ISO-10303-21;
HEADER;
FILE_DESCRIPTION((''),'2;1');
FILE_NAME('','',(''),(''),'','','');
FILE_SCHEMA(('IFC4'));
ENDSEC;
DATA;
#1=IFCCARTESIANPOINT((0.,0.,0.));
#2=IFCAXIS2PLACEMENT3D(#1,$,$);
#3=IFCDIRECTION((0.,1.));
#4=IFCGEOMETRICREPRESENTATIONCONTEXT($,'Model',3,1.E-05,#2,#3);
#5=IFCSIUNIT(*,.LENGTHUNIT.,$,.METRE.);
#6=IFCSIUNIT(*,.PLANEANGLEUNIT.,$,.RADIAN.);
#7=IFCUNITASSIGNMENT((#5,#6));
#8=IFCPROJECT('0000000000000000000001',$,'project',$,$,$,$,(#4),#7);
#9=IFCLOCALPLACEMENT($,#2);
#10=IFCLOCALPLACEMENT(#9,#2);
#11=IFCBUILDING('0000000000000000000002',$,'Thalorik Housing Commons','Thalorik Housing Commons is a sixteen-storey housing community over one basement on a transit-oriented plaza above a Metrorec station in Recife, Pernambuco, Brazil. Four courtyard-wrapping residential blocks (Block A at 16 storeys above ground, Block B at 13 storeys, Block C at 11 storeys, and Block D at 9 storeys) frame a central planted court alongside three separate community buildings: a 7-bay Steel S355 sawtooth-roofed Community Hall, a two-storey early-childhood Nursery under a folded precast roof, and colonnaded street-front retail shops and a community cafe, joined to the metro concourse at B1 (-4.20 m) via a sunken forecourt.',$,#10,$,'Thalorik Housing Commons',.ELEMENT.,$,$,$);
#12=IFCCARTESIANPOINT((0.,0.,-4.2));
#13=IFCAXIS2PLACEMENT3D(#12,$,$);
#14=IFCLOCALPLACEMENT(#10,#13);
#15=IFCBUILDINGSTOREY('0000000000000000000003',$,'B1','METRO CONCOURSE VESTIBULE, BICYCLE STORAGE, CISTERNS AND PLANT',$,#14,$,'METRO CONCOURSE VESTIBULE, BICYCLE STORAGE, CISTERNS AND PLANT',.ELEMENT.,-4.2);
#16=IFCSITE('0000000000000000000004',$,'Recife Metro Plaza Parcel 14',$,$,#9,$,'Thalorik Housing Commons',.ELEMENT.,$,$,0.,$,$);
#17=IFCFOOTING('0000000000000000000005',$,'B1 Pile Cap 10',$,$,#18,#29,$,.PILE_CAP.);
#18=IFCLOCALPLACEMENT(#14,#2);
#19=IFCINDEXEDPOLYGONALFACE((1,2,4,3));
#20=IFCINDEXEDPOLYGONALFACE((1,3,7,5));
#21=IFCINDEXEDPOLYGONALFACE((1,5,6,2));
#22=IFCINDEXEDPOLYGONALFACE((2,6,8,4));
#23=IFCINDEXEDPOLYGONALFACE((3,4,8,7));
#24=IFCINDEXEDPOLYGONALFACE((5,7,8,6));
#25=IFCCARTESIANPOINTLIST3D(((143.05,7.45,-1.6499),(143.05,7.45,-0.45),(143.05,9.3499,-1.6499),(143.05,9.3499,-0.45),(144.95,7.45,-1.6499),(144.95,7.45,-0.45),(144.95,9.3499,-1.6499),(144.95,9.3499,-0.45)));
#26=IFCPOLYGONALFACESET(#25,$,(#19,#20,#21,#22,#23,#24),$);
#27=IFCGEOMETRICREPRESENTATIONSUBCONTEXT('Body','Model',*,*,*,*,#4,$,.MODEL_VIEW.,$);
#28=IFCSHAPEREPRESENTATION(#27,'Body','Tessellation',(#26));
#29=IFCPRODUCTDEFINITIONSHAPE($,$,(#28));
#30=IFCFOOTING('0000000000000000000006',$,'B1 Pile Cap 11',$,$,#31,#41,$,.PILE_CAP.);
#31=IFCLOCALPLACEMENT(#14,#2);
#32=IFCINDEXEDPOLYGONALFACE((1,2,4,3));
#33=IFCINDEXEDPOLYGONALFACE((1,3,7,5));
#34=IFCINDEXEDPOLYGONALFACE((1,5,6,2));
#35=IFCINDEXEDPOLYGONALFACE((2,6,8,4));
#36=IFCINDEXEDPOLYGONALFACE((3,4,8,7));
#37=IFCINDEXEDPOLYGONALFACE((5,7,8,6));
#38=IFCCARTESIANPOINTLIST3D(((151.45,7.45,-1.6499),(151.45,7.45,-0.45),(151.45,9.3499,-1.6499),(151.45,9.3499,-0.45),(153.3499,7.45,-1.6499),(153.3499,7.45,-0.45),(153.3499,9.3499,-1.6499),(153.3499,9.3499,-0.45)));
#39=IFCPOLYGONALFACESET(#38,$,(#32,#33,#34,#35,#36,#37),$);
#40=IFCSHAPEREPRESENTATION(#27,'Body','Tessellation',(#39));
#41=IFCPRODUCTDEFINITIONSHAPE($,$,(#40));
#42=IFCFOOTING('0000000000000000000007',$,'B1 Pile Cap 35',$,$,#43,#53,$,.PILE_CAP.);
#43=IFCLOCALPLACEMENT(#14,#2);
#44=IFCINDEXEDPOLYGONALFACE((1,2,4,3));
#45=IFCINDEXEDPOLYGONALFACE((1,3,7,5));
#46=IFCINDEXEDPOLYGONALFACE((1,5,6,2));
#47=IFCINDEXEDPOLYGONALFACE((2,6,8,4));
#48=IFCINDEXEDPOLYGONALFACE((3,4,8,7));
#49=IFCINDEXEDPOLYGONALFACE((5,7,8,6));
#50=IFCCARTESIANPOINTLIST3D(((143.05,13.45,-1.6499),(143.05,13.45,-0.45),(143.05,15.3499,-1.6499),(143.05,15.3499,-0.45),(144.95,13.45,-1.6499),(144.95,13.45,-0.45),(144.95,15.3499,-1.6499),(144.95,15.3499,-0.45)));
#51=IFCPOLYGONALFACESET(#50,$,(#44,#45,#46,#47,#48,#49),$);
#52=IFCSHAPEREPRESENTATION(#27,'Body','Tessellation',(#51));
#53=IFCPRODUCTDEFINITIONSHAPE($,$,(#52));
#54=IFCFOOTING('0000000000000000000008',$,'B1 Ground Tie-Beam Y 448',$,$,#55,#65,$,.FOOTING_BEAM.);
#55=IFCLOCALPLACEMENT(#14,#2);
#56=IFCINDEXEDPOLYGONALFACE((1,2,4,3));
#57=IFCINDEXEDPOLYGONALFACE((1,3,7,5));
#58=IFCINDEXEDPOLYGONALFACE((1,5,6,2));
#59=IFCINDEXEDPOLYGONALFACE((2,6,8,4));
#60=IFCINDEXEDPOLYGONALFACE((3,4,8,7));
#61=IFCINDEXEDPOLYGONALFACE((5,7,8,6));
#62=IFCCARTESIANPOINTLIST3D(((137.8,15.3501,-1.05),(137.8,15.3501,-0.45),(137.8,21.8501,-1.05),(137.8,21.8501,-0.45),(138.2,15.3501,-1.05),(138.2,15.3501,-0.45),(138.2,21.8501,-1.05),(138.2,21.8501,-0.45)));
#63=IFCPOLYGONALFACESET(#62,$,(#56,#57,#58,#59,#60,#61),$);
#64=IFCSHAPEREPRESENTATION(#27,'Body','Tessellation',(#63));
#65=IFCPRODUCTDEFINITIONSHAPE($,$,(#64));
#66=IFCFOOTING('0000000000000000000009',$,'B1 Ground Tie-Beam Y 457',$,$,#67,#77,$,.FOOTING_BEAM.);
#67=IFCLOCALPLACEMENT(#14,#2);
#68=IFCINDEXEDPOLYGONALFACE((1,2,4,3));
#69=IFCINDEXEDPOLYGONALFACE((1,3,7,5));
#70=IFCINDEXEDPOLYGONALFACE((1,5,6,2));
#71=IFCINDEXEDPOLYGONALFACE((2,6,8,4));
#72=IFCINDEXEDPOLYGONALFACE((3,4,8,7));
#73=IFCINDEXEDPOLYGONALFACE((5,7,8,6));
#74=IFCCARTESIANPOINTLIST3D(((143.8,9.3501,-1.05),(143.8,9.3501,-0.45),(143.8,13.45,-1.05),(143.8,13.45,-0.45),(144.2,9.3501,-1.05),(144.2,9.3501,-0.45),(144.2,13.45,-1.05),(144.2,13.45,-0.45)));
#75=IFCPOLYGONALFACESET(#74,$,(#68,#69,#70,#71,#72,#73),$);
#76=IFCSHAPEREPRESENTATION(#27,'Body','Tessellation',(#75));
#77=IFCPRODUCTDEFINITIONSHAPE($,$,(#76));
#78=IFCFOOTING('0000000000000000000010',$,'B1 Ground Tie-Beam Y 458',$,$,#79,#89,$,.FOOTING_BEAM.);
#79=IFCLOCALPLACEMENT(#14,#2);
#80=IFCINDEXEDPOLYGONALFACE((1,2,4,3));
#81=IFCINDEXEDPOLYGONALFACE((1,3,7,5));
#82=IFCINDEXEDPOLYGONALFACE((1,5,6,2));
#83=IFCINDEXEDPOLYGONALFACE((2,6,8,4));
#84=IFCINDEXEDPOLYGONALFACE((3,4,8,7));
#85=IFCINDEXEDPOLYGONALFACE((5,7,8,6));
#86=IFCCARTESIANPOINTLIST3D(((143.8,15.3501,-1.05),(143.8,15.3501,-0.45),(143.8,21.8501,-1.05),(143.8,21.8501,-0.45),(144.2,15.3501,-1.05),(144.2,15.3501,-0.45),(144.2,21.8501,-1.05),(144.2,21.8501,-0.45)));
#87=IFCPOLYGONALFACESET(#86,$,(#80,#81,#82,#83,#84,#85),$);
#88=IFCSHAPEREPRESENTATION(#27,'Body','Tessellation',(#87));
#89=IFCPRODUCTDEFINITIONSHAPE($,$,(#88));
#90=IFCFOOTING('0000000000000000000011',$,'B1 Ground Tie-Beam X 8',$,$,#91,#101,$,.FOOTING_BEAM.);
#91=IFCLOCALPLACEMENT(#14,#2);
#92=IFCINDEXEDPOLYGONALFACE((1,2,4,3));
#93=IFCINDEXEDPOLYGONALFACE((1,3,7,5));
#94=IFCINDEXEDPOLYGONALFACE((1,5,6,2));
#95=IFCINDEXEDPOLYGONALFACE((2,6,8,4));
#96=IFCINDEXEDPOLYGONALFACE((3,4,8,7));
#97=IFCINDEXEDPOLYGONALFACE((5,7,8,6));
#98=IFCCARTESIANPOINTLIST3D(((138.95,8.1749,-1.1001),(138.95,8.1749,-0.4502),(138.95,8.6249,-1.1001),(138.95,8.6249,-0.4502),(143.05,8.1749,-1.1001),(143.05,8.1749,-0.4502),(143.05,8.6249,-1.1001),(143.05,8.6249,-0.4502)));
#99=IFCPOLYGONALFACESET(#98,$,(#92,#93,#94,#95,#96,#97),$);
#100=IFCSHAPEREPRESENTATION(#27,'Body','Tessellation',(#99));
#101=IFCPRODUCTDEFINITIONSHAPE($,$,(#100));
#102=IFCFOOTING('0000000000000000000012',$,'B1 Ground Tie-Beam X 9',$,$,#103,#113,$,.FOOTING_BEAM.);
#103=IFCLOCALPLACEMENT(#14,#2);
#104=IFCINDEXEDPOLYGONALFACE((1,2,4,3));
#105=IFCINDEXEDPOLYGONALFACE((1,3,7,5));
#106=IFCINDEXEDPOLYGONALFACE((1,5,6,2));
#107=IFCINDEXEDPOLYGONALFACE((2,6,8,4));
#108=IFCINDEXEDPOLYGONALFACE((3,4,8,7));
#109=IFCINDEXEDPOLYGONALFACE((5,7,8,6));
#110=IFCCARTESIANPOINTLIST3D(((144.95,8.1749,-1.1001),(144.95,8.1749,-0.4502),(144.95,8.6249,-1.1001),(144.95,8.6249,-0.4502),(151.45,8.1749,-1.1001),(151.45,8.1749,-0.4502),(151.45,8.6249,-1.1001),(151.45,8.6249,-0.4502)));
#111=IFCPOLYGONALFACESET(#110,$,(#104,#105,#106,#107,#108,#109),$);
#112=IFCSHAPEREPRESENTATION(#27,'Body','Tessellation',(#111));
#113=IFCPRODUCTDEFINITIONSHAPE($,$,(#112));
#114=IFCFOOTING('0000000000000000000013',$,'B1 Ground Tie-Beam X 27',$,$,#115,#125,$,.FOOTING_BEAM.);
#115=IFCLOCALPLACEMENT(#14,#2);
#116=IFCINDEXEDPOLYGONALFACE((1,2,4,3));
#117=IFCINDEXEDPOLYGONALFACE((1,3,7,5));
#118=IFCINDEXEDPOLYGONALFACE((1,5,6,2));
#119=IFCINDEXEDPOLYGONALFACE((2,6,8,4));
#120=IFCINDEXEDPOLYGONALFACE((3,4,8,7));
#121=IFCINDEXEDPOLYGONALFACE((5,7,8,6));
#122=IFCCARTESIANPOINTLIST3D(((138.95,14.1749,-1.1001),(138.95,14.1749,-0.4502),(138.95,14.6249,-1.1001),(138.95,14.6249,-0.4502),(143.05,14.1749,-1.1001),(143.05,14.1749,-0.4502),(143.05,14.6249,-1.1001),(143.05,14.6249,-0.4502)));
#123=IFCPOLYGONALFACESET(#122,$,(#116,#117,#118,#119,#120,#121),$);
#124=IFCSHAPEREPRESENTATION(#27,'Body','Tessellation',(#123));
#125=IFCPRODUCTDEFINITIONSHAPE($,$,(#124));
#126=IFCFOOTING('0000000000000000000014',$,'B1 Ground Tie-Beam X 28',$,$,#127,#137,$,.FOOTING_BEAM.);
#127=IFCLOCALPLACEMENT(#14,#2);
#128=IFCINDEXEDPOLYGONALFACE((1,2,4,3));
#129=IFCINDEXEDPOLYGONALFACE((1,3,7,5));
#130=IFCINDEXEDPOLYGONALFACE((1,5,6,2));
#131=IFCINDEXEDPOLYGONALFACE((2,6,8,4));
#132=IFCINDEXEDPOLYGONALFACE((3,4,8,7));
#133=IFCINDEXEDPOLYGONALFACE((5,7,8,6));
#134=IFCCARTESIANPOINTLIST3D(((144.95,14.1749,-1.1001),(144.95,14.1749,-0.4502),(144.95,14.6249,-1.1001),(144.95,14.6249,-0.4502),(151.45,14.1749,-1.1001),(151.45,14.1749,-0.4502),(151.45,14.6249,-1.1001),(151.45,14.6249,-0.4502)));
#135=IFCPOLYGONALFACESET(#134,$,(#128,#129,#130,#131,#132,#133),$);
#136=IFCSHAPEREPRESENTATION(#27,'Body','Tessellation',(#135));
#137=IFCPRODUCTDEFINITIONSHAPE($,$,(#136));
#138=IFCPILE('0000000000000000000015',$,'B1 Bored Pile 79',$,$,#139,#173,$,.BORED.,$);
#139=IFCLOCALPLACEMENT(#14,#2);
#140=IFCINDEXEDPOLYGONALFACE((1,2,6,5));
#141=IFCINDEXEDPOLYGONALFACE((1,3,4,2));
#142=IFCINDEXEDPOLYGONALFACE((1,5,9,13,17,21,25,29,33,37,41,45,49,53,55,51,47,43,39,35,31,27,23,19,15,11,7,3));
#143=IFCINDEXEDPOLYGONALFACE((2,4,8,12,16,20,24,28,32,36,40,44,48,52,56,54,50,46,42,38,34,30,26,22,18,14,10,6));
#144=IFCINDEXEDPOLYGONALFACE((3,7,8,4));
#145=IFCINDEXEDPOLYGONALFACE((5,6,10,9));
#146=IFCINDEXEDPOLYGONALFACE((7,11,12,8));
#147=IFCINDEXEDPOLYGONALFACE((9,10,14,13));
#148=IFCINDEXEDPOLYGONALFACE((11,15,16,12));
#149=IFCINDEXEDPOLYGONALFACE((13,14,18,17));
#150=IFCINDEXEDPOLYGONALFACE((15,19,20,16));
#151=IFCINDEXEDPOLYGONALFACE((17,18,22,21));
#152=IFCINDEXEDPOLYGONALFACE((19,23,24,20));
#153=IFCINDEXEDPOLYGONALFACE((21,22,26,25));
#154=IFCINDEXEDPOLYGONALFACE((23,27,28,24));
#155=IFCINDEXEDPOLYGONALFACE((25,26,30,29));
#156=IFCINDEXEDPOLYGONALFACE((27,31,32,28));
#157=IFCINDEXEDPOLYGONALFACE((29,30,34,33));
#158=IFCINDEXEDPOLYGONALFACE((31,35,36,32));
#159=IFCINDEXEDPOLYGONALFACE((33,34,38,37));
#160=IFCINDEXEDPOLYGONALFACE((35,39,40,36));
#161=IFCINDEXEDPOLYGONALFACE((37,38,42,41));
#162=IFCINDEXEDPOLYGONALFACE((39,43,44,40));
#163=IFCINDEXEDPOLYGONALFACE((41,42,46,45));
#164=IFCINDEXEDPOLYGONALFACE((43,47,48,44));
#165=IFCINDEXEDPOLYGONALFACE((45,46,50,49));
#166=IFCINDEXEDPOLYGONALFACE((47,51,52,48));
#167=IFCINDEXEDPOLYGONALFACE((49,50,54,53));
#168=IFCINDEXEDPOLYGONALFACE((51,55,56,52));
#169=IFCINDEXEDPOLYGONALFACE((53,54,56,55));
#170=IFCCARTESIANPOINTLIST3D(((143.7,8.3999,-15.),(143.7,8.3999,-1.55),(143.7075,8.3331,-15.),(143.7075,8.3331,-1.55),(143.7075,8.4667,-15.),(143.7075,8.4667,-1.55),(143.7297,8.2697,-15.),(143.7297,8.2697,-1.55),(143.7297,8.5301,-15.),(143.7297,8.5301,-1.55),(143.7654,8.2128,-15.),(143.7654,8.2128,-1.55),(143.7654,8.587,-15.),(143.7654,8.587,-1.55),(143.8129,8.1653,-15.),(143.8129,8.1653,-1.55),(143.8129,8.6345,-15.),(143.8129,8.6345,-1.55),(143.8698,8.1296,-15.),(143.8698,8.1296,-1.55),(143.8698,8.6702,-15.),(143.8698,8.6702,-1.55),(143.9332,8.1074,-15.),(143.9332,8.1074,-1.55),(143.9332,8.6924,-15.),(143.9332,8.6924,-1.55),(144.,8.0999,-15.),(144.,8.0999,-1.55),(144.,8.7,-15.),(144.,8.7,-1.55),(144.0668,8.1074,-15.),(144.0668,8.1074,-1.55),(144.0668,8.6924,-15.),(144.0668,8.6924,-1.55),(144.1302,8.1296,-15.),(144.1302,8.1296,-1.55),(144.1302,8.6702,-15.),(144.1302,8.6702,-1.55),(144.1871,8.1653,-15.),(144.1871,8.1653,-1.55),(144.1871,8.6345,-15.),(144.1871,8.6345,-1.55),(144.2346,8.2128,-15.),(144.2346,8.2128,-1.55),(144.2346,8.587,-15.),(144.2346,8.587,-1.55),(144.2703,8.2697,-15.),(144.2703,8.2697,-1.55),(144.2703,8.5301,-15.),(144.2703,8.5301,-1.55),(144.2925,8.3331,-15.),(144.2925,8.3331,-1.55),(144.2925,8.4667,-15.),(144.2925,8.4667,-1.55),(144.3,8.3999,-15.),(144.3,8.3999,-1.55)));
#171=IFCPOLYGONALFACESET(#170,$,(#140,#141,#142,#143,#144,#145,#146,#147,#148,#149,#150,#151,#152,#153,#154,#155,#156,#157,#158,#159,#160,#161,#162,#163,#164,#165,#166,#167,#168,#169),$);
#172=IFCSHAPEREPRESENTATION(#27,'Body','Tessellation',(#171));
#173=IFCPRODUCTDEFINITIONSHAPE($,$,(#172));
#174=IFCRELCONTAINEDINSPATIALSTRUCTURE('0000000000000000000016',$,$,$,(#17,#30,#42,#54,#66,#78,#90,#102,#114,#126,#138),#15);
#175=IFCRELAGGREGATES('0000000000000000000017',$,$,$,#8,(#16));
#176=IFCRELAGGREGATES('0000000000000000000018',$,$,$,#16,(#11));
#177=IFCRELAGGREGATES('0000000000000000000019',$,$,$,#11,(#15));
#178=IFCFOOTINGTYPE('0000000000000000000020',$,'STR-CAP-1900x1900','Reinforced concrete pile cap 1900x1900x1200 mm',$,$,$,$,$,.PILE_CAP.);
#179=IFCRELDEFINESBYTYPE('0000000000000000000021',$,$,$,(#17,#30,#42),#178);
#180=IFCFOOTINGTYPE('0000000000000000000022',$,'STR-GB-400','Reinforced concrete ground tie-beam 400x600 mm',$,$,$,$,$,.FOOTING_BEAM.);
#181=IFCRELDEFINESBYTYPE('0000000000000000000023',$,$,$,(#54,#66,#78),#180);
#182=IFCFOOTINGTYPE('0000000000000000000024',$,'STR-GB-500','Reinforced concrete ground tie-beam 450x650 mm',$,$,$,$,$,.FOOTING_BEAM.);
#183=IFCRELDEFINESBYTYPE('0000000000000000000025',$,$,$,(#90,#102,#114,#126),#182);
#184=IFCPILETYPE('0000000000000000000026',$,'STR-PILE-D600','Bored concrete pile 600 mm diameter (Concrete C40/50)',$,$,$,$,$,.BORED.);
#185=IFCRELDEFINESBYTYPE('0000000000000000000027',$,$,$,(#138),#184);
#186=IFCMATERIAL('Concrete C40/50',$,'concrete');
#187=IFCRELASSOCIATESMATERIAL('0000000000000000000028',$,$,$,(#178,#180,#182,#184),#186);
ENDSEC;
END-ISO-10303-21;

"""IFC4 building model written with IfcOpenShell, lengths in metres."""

from ifc_helpers import new_model, si_unit, direction, frame, origin, origin_2d, place, context, subcontext, project, spatial, rectangle, circle, extrude, material, material_profile, profile_set, type_object, element, save


model = new_model("IFC4")

# Units and contexts
model_context = context("Model", 3, precision=1e-05, world=origin(), true_north=direction((0.0, 1.0)))
body_context = subcontext(model_context, "Body", "Model", "MODEL_VIEW")
ifc_project = project(units=[si_unit("LENGTHUNIT", "METRE"), si_unit("PLANEANGLEUNIT", "RADIAN")], contexts=[model_context])

# Site, building, storey
site_placement = place(None, origin())
site = spatial("IfcSite", under=ifc_project, at=site_placement, Name="Recife Metro Plaza Parcel 14", LongName="Thalorik Housing Commons", CompositionType="ELEMENT", RefElevation=0.0)
building_placement = place(site_placement, origin())
building = spatial("IfcBuilding", under=site, at=building_placement, Name="Thalorik Housing Commons", Description="Thalorik Housing Commons is a sixteen-storey housing community over one basement on a transit-oriented plaza above a Metrorec station in Recife, Pernambuco, Brazil. Four courtyard-wrapping residential blocks (Block A at 16 storeys above ground, Block B at 13 storeys, Block C at 11 storeys, and Block D at 9 storeys) frame a central planted court alongside three separate community buildings: a 7-bay Steel S355 sawtooth-roofed Community Hall, a two-storey early-childhood Nursery under a folded precast roof, and colonnaded street-front retail shops and a community cafe, joined to the metro concourse at B1 (-4.20 m) via a sunken forecourt.", LongName="Thalorik Housing Commons", CompositionType="ELEMENT")
storey_placement = place(building_placement, frame((0.0, 0.0, -4.2)))
storey = spatial("IfcBuildingStorey", under=building, at=storey_placement, Name="B1", Description="METRO CONCOURSE VESTIBULE, BICYCLE STORAGE, CISTERNS AND PLANT", LongName="METRO CONCOURSE VESTIBULE, BICYCLE STORAGE, CISTERNS AND PLANT", CompositionType="ELEMENT", Elevation=-4.2)

# Footings
ifc_material_1 = material(Name="Concrete C40/50", Category="concrete")
footing_type_1 = type_object("IfcFootingType", Name="STR-CAP-1900x1900", Description="Reinforced concrete pile cap 1900x1900x1200 mm", PredefinedType="PILE_CAP", material=ifc_material_1)
for number, where, z_axis, x_axis, name in (
    (1, (144.0, 8.3999, -1.6499), (0.0, 0.0, 1.0), (1.0, 0.0, 0.0), "B1 Pile Cap 10"),
    (2, (152.3999, 8.3999, -1.6499), (0.0, 0.0, 1.0), (1.0, 0.0, 0.0), "B1 Pile Cap 11"),
    (3, (144.0, 14.3999, -1.6499), (0.0, 0.0, 1.0), (1.0, 0.0, 0.0), "B1 Pile Cap 35"),
):
    element("IfcFooting", number, at=place(storey_placement, frame(where, z_axis=z_axis, x_axis=x_axis)), inside=storey, type_object=footing_type_1, Name=name, PredefinedType="PILE_CAP", context=body_context, shape_type="SweptSolid", body=[
        extrude(rectangle(XDim=1.8999, YDim=1.8999, at=origin_2d()), origin(), (0.0, 0.0, 1.0), 1.2),
    ])
ifc_material_profile_1 = material_profile(ifc_material_1, rectangle(XDim=0.3999, YDim=0.6001, at=origin_2d()), Name="RC 400x600", Category="concrete")
ifc_profile_set_1 = profile_set([ifc_material_profile_1], Name="Concrete C40/50")
footing_type_2 = type_object("IfcFootingType", Name="STR-GB-400", Description="Reinforced concrete ground tie-beam 400x600 mm", PredefinedType="FOOTING_BEAM", material=ifc_profile_set_1)
footing_1_placement = place(storey_placement, frame((138.0, 15.3501, -0.75), z_axis=(0.0, 1.0, 0.0), x_axis=(-1.0, 0.0, 0.0)))
element("IfcFooting", 4, at=footing_1_placement, inside=storey, type_object=footing_type_2, Name="B1 Ground Tie-Beam Y 448", PredefinedType="FOOTING_BEAM", context=body_context, shape_type="SweptSolid", body=[
    extrude(rectangle(XDim=0.3999, YDim=0.6001, at=origin_2d()), origin(), (0.0, 0.0, 1.0), 6.5),
])
footing_2_placement = place(storey_placement, frame((144.0, 9.3501, -0.75), z_axis=(0.0, 1.0, 0.0), x_axis=(-1.0, 0.0, 0.0)))
element("IfcFooting", 5, at=footing_2_placement, inside=storey, type_object=footing_type_2, Name="B1 Ground Tie-Beam Y 457", PredefinedType="FOOTING_BEAM", context=body_context, shape_type="SweptSolid", body=[
    extrude(rectangle(XDim=0.3999, YDim=0.6001, at=origin_2d()), origin(), (0.0, 0.0, 1.0), 4.0999),
])
footing_3_placement = place(storey_placement, frame((144.0, 15.3501, -0.75), z_axis=(0.0, 1.0, 0.0), x_axis=(-1.0, 0.0, 0.0)))
element("IfcFooting", 6, at=footing_3_placement, inside=storey, type_object=footing_type_2, Name="B1 Ground Tie-Beam Y 458", PredefinedType="FOOTING_BEAM", context=body_context, shape_type="SweptSolid", body=[
    extrude(rectangle(XDim=0.3999, YDim=0.6001, at=origin_2d()), origin(), (0.0, 0.0, 1.0), 6.5),
])
ifc_material_profile_2 = material_profile(ifc_material_1, rectangle(XDim=0.45, YDim=0.6499, at=origin_2d()), Name="RC 450x650", Category="concrete")
ifc_profile_set_2 = profile_set([ifc_material_profile_2], Name="Concrete C40/50")
footing_type_3 = type_object("IfcFootingType", Name="STR-GB-500", Description="Reinforced concrete ground tie-beam 450x650 mm", PredefinedType="FOOTING_BEAM", material=ifc_profile_set_2)
footing_4_placement = place(storey_placement, frame((138.95, 8.3999, -0.7751), z_axis=(1.0, 0.0, 0.0), x_axis=(0.0, 1.0, 0.0)))
element("IfcFooting", 7, at=footing_4_placement, inside=storey, type_object=footing_type_3, Name="B1 Ground Tie-Beam X 8", PredefinedType="FOOTING_BEAM", context=body_context, shape_type="SweptSolid", body=[
    extrude(rectangle(XDim=0.45, YDim=0.6499, at=origin_2d()), origin(), (0.0, 0.0, 1.0), 4.1001),
])
footing_5_placement = place(storey_placement, frame((144.95, 8.3999, -0.7751), z_axis=(1.0, 0.0, 0.0), x_axis=(0.0, 1.0, 0.0)))
element("IfcFooting", 8, at=footing_5_placement, inside=storey, type_object=footing_type_3, Name="B1 Ground Tie-Beam X 9", PredefinedType="FOOTING_BEAM", context=body_context, shape_type="SweptSolid", body=[
    extrude(rectangle(XDim=0.45, YDim=0.6499, at=origin_2d()), origin(), (0.0, 0.0, 1.0), 6.5),
])
footing_6_placement = place(storey_placement, frame((138.95, 14.3999, -0.7751), z_axis=(1.0, 0.0, 0.0), x_axis=(0.0, 1.0, 0.0)))
element("IfcFooting", 9, at=footing_6_placement, inside=storey, type_object=footing_type_3, Name="B1 Ground Tie-Beam X 27", PredefinedType="FOOTING_BEAM", context=body_context, shape_type="SweptSolid", body=[
    extrude(rectangle(XDim=0.45, YDim=0.6499, at=origin_2d()), origin(), (0.0, 0.0, 1.0), 4.1001),
])
footing_7_placement = place(storey_placement, frame((144.95, 14.3999, -0.7751), z_axis=(1.0, 0.0, 0.0), x_axis=(0.0, 1.0, 0.0)))
element("IfcFooting", 10, at=footing_7_placement, inside=storey, type_object=footing_type_3, Name="B1 Ground Tie-Beam X 28", PredefinedType="FOOTING_BEAM", context=body_context, shape_type="SweptSolid", body=[
    extrude(rectangle(XDim=0.45, YDim=0.6499, at=origin_2d()), origin(), (0.0, 0.0, 1.0), 6.5),
])

# Pile
ifc_material_profile_3 = material_profile(ifc_material_1, circle(Radius=0.3, at=origin_2d()), Name="BORED PILE D600", Category="concrete")
ifc_profile_set_3 = profile_set([ifc_material_profile_3], Name="Concrete C40/50")
pile_type = type_object("IfcPileType", Name="STR-PILE-D600", Description="Bored concrete pile 600 mm diameter (Concrete C40/50)", PredefinedType="BORED", material=ifc_profile_set_3)
for number, where, z_axis, x_axis, name in (
    (11, (144.0, 8.3999, -1.55), (0.0, 0.0, -1.0), (1.0, 0.0, 0.0), "B1 Bored Pile 79"),
):
    element("IfcPile", number, at=place(storey_placement, frame(where, z_axis=z_axis, x_axis=x_axis)), inside=storey, type_object=pile_type, Name=name, PredefinedType="BORED", context=body_context, shape_type="SweptSolid", body=[
        extrude(circle(Radius=0.3, at=origin_2d()), origin(), (0.0, 0.0, 1.0), 13.45),
    ])

save(model, "model.ifc")
